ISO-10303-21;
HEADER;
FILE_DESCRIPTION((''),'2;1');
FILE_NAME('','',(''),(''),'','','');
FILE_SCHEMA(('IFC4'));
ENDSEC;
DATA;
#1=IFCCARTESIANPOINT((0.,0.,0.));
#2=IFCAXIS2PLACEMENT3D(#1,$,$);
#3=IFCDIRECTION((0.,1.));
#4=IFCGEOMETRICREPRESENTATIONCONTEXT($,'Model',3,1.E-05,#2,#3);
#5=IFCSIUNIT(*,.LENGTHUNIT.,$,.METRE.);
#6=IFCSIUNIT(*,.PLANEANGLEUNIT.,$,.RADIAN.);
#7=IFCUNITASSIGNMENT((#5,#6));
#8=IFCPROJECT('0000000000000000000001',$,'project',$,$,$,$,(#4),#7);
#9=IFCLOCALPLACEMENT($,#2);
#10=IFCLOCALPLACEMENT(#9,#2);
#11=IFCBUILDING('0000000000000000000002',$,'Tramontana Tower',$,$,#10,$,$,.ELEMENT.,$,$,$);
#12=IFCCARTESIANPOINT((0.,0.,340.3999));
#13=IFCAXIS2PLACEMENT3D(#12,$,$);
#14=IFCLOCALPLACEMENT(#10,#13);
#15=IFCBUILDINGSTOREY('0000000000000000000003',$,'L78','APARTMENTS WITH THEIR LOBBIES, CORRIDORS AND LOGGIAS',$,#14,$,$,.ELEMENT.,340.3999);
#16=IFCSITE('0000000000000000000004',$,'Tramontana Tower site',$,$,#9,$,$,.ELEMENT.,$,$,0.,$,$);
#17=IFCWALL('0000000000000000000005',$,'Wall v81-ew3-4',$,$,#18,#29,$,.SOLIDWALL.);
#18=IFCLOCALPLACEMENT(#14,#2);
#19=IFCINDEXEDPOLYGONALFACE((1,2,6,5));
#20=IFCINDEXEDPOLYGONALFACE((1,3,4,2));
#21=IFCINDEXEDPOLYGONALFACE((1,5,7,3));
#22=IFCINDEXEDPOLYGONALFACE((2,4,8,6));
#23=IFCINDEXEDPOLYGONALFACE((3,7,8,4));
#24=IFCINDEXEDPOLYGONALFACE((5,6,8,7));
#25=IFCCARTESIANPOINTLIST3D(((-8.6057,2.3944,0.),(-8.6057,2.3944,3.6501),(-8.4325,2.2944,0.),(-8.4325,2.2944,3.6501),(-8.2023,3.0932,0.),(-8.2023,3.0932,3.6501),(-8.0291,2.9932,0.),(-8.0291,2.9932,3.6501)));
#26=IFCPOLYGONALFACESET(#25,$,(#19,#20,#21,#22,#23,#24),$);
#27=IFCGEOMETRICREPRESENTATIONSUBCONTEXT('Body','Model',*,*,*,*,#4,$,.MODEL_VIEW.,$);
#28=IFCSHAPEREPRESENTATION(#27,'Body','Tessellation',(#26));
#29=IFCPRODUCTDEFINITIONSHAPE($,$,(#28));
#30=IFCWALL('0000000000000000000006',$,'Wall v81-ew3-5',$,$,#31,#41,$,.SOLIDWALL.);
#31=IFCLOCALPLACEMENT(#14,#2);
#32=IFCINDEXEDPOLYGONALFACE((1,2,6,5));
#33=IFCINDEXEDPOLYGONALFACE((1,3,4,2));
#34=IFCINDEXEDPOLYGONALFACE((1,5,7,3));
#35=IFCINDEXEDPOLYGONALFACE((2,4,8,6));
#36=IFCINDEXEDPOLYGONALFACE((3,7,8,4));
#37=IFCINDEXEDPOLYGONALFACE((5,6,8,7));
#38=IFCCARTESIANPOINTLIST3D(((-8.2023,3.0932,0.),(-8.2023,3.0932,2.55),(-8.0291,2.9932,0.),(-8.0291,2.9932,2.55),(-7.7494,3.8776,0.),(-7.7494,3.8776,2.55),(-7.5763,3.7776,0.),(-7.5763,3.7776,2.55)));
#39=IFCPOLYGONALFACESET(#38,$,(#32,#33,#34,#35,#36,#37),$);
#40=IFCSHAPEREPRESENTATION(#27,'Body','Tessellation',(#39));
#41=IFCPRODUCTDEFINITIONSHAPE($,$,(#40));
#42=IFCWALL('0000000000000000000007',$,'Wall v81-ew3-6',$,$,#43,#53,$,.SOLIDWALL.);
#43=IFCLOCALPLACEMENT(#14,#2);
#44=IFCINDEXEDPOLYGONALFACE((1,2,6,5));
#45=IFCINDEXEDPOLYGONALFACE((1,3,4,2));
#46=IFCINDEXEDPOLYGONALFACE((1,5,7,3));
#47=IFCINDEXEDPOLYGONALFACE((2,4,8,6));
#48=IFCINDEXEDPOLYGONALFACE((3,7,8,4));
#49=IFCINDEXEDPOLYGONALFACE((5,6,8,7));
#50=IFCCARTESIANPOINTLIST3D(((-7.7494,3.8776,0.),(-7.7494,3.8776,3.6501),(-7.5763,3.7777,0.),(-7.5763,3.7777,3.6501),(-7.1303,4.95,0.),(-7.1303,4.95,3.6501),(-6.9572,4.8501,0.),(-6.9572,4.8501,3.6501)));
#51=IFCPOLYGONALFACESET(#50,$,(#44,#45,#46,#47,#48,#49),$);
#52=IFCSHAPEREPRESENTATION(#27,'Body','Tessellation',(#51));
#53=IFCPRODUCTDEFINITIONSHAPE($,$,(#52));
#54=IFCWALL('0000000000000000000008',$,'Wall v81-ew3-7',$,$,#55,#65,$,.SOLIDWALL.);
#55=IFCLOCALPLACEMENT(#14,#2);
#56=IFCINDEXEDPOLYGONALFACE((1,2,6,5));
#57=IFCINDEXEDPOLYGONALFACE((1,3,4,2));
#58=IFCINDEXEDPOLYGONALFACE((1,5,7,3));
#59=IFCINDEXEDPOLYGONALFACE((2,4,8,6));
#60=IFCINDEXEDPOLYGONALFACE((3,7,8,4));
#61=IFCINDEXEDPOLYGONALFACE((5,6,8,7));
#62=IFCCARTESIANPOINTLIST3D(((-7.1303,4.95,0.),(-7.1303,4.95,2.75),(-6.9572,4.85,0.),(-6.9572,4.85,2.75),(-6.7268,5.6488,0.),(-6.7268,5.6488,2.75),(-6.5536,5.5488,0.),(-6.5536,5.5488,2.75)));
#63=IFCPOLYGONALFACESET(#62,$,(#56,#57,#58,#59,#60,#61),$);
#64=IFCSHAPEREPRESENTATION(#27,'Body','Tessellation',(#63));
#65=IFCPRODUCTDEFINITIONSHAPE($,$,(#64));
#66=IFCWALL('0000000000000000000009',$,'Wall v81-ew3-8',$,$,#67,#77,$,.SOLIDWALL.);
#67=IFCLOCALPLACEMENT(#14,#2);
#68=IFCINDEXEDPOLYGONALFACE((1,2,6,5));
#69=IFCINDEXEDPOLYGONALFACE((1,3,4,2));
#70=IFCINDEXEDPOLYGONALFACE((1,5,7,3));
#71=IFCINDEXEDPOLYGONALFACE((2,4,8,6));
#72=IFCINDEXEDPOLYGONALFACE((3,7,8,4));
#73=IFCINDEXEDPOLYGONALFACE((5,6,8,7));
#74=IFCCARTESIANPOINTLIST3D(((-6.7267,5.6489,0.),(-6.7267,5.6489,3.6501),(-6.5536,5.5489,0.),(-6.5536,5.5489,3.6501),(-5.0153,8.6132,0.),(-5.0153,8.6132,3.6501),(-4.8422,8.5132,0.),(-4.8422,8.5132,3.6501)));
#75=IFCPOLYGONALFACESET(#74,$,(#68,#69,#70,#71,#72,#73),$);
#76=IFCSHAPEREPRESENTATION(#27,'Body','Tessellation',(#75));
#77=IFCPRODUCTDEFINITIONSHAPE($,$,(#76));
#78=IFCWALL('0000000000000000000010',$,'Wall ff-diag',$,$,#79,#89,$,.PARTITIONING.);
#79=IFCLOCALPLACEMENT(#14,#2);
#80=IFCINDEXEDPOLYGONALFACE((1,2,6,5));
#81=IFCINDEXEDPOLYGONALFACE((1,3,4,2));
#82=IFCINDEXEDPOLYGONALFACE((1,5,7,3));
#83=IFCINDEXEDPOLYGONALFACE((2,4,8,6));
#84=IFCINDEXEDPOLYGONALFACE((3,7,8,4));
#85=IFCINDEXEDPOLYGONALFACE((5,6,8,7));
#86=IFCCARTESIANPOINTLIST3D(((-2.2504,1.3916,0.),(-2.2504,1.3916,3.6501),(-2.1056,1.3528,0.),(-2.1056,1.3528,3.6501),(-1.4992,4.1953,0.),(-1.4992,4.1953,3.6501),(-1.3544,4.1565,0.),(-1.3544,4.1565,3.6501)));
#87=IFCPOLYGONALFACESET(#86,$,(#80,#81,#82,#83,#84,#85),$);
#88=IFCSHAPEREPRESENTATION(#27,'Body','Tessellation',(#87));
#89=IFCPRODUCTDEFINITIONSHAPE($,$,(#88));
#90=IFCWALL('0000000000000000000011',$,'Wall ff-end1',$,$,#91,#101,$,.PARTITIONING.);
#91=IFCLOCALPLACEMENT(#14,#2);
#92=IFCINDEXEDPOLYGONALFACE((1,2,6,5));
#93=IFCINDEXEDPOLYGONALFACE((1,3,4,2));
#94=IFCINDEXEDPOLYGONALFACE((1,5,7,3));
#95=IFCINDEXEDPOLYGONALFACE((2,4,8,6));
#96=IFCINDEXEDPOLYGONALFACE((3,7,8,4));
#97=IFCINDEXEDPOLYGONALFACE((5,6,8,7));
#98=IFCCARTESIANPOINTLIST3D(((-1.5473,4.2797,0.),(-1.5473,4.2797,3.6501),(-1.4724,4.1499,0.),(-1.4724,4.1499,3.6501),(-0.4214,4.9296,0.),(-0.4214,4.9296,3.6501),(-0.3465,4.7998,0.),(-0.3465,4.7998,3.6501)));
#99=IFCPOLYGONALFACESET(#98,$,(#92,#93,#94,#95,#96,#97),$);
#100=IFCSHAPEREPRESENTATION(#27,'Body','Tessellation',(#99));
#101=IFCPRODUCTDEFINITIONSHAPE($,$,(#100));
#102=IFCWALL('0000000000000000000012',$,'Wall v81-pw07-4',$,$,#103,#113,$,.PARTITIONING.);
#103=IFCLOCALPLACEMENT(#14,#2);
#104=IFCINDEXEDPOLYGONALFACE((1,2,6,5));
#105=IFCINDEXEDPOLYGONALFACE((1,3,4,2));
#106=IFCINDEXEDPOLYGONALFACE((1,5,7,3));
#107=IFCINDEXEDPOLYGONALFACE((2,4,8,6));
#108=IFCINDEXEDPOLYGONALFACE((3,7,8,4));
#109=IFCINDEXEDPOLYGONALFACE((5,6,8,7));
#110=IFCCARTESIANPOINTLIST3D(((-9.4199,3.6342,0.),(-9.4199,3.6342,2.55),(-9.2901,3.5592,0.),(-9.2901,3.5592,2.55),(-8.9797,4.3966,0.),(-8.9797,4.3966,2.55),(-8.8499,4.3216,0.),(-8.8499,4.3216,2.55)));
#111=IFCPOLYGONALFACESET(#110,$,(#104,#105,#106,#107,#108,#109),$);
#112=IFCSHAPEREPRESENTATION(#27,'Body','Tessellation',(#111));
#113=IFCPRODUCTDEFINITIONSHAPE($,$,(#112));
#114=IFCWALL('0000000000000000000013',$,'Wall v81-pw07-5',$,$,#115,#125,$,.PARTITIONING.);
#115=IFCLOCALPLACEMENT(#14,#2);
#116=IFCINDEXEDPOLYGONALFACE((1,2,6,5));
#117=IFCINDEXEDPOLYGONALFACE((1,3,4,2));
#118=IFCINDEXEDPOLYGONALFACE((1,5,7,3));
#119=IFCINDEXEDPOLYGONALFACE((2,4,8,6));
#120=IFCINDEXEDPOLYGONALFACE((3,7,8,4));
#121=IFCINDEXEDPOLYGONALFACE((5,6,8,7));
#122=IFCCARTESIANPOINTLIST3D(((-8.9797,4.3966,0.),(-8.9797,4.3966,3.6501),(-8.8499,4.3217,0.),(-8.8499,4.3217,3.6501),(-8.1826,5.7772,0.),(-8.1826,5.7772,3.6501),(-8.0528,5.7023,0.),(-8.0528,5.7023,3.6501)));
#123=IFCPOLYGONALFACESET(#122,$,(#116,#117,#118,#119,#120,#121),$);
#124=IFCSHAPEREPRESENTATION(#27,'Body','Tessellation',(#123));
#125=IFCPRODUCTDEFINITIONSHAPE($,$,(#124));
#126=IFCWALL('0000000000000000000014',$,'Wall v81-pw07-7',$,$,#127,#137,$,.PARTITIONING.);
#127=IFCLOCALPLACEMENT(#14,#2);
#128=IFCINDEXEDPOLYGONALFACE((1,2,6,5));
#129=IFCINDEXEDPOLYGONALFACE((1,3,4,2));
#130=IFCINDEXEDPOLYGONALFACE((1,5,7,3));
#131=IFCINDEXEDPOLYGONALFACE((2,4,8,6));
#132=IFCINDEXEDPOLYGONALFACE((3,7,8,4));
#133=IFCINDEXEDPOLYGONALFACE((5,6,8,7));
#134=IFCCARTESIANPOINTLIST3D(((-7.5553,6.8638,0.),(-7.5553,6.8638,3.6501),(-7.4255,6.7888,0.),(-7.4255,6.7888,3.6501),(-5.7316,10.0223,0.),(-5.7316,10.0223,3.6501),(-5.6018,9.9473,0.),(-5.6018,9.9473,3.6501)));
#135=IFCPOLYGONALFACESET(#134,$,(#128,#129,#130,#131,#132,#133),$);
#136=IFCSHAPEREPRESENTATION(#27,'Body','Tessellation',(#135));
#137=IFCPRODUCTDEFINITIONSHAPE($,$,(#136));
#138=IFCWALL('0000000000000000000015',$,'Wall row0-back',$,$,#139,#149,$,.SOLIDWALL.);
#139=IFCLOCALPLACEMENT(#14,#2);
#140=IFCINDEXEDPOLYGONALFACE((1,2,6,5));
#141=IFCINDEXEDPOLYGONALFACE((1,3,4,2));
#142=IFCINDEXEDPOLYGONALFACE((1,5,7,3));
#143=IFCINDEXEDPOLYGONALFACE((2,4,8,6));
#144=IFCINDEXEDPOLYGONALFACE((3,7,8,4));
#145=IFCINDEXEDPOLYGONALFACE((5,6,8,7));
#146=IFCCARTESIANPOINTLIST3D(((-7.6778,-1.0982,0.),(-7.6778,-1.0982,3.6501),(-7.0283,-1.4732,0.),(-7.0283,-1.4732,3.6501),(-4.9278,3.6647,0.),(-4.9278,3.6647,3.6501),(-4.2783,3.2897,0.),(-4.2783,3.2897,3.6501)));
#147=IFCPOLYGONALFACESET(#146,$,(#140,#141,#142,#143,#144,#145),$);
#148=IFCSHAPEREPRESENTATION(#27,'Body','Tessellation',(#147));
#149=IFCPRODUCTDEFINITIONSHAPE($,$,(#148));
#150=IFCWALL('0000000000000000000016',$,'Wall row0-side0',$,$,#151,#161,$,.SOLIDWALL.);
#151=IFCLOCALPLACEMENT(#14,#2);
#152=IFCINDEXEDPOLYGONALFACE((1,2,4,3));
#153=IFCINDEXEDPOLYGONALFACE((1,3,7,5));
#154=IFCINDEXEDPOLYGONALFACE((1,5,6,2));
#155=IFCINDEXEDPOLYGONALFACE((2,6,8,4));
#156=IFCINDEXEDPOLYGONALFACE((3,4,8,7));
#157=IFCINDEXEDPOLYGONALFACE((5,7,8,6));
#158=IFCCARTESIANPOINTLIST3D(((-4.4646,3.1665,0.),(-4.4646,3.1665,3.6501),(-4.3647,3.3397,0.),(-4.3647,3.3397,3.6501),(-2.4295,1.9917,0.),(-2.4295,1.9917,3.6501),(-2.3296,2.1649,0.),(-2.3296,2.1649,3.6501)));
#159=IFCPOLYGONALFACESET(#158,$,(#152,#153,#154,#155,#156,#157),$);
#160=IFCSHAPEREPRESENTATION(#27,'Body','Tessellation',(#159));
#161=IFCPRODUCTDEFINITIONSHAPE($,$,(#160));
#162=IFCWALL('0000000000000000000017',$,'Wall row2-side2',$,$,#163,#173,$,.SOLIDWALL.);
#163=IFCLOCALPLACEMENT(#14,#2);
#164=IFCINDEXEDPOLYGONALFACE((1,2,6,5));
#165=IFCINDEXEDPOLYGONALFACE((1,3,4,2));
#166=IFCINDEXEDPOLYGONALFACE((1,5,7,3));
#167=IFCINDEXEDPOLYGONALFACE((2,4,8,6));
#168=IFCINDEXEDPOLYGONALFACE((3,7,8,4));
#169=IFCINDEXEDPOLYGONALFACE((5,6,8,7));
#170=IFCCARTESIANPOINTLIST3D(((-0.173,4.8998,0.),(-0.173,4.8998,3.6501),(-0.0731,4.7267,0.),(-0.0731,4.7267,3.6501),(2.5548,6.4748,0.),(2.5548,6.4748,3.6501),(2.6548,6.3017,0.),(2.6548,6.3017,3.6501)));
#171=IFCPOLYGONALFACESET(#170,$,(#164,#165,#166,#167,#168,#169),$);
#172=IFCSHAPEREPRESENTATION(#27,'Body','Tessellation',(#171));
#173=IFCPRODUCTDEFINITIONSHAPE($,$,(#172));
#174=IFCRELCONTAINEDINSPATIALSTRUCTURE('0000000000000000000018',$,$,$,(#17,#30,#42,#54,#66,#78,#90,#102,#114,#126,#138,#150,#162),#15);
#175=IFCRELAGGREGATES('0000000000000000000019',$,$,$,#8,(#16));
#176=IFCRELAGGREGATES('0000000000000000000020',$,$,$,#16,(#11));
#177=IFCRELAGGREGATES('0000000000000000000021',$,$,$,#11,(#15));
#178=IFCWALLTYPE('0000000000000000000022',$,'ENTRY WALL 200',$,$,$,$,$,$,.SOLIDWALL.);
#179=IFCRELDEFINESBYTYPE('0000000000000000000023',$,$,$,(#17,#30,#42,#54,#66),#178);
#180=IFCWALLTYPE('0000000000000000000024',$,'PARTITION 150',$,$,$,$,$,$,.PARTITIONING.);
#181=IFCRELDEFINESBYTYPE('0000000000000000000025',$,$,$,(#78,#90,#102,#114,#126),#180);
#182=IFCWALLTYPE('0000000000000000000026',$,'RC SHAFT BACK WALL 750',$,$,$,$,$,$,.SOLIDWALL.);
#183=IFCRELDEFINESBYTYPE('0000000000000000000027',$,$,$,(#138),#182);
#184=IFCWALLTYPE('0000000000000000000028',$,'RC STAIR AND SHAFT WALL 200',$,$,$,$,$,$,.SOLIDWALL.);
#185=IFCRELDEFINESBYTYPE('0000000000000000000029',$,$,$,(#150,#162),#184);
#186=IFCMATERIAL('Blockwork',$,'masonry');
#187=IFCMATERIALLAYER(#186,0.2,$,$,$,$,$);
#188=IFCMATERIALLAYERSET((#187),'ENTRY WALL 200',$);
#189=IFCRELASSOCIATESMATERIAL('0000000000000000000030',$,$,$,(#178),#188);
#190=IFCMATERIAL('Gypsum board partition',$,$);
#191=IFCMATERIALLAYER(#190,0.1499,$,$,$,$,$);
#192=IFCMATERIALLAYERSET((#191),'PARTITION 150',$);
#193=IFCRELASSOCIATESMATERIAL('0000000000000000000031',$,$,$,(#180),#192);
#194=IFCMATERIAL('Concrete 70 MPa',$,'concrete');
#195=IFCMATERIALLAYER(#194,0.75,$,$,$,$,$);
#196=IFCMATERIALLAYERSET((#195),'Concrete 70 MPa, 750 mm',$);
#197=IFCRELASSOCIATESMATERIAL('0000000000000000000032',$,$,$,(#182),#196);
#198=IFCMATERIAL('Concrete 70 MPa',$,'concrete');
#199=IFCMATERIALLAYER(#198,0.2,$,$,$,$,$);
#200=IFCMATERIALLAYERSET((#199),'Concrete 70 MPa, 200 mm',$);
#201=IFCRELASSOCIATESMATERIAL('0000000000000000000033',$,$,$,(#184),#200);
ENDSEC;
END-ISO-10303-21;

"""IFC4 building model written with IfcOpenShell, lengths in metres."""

from ifc_helpers import new_model, si_unit, direction, frame, frame_2d, origin, place, context, subcontext, project, spatial, rectangle, extrude, material, layer, layer_set, type_object, element, save


model = new_model("IFC4")

# Units and contexts
model_context = context("Model", 3, precision=1e-05, world=origin(), true_north=direction((0.0, 1.0)))
body_context = subcontext(model_context, "Body", "Model", "MODEL_VIEW")
ifc_project = project(units=[si_unit("LENGTHUNIT", "METRE"), si_unit("PLANEANGLEUNIT", "RADIAN")], contexts=[model_context])

# Site, building, storey
site_placement = place(None, origin())
site = spatial("IfcSite", under=ifc_project, at=site_placement, Name="Tramontana Tower site", CompositionType="ELEMENT", RefElevation=0.0)
building_placement = place(site_placement, origin())
building = spatial("IfcBuilding", under=site, at=building_placement, Name="Tramontana Tower", CompositionType="ELEMENT")
storey_placement = place(building_placement, frame((0.0, 0.0, 340.3999)))
storey = spatial("IfcBuildingStorey", under=building, at=storey_placement, Name="L78", Description="APARTMENTS WITH THEIR LOBBIES, CORRIDORS AND LOGGIAS", CompositionType="ELEMENT", Elevation=340.3999)

# Shared definitions
ifc_material_1 = material(Name="Blockwork", Category="masonry")
ifc_layer_1 = layer(ifc_material_1, 0.2)
ifc_layer_set_1 = layer_set([ifc_layer_1], Name="ENTRY WALL 200")
wall_type_1 = type_object("IfcWallType", Name="ENTRY WALL 200", PredefinedType="SOLIDWALL", material=ifc_layer_set_1)

# Walls
wall_1_placement = place(storey_placement, frame((-8.519, 2.3445, 0.0), z_axis=(0.0, 0.0, 1.0), x_axis=(0.499915, 0.866075, 0.0)))
element("IfcWall", 1, at=wall_1_placement, inside=storey, type_object=wall_type_1, Name="Wall v81-ew3-4", PredefinedType="SOLIDWALL", context=body_context, shape_type="SweptSolid", body=[
    extrude(rectangle(XDim=0.8069, YDim=0.2, at=frame_2d((0.4033, 0.0))), origin(), (0.0, 0.0, 1.0), 3.6501),
])
wall_2_placement = place(storey_placement, frame((-8.1157, 3.0432, 0.0), z_axis=(0.0, 0.0, 1.0), x_axis=(0.499995, 0.866028, 0.0)))
element("IfcWall", 2, at=wall_2_placement, inside=storey, type_object=wall_type_1, Name="Wall v81-ew3-5", PredefinedType="SOLIDWALL", context=body_context, shape_type="SweptSolid", body=[
    extrude(rectangle(XDim=0.9058, YDim=0.2, at=frame_2d((0.4529, 0.0))), origin(), (0.0, 0.0, 1.0), 2.55),
])
wall_3_placement = place(storey_placement, frame((-7.6628, 3.8276, 0.0), z_axis=(0.0, 0.0, 1.0), x_axis=(0.499956, 0.866051, 0.0)))
element("IfcWall", 3, at=wall_3_placement, inside=storey, type_object=wall_type_1, Name="Wall v81-ew3-6", PredefinedType="SOLIDWALL", context=body_context, shape_type="SweptSolid", body=[
    extrude(rectangle(XDim=1.2383, YDim=0.2, at=frame_2d((0.6191, 0.0))), origin(), (0.0, 0.0, 1.0), 3.6501),
])
wall_4_placement = place(storey_placement, frame((-7.0437, 4.9001, 0.0), z_axis=(0.0, 0.0, 1.0), x_axis=(0.500141, 0.865944, 0.0)))
element("IfcWall", 4, at=wall_4_placement, inside=storey, type_object=wall_type_1, Name="Wall v81-ew3-7", PredefinedType="SOLIDWALL", context=body_context, shape_type="SweptSolid", body=[
    extrude(rectangle(XDim=0.8069, YDim=0.2, at=frame_2d((0.4033, 0.0))), origin(), (0.0, 0.0, 1.0), 2.75),
])
wall_5_placement = place(storey_placement, frame((-6.6401, 5.5989, 0.0), z_axis=(0.0, 0.0, 1.0), x_axis=(0.49999, 0.866031, 0.0)))
element("IfcWall", 5, at=wall_5_placement, inside=storey, type_object=wall_type_1, Name="Wall v81-ew3-8", PredefinedType="SOLIDWALL", context=body_context, shape_type="SweptSolid", body=[
    extrude(rectangle(XDim=3.4229, YDim=0.2, at=frame_2d((1.7114, 0.0))), origin(), (0.0, 0.0, 1.0), 3.6501),
])
ifc_material_2 = material(Name="Gypsum board partition")
ifc_layer_2 = layer(ifc_material_2, 0.1499)
ifc_layer_set_2 = layer_set([ifc_layer_2], Name="PARTITION 150")
wall_type_2 = type_object("IfcWallType", Name="PARTITION 150", PredefinedType="PARTITIONING", material=ifc_layer_set_2)
wall_6_placement = place(storey_placement, frame((-2.178, 1.3723, 0.0), z_axis=(0.0, 0.0, 1.0), x_axis=(0.258809, 0.965929, 0.0)))
element("IfcWall", 6, at=wall_6_placement, inside=storey, type_object=wall_type_2, Name="Wall ff-diag", PredefinedType="PARTITIONING", context=body_context, shape_type="SweptSolid", body=[
    extrude(rectangle(XDim=2.9026, YDim=0.1499, at=frame_2d((1.4512, 0.0))), origin(), (0.0, 0.0, 1.0), 3.6501),
])
wall_7_placement = place(storey_placement, frame((-1.5098, 4.2148, 0.0), z_axis=(0.0, 0.0, 1.0), x_axis=(0.866086, 0.499896, 0.0)))
element("IfcWall", 7, at=wall_7_placement, inside=storey, type_object=wall_type_2, Name="Wall ff-end1", PredefinedType="PARTITIONING", context=body_context, shape_type="SweptSolid", body=[
    extrude(rectangle(XDim=1.3, YDim=0.1499, at=frame_2d((0.6499, 0.0))), origin(), (0.0, 0.0, 1.0), 3.6501),
])
wall_8_placement = place(storey_placement, frame((-9.355, 3.5967, 0.0), z_axis=(0.0, 0.0, 1.0), x_axis=(0.499987, 0.866033, 0.0)))
element("IfcWall", 8, at=wall_8_placement, inside=storey, type_object=wall_type_2, Name="Wall v81-pw07-4", PredefinedType="PARTITIONING", context=body_context, shape_type="SweptSolid", body=[
    extrude(rectangle(XDim=0.8804, YDim=0.1499, at=frame_2d((0.4402, 0.0))), origin(), (0.0, 0.0, 1.0), 2.55),
])
wall_9_placement = place(storey_placement, frame((-8.9148, 4.3591, 0.0), z_axis=(0.0, 0.0, 1.0), x_axis=(0.50001, 0.86602, 0.0)))
element("IfcWall", 9, at=wall_9_placement, inside=storey, type_object=wall_type_2, Name="Wall v81-pw07-5", PredefinedType="PARTITIONING", context=body_context, shape_type="SweptSolid", body=[
    extrude(rectangle(XDim=1.5942, YDim=0.1499, at=frame_2d((0.7971, 0.0))), origin(), (0.0, 0.0, 1.0), 3.6501),
])

# Walls
wall_10_placement = place(storey_placement, frame((-7.4905, 6.8262, 0.0), z_axis=(0.0, 0.0, 1.0), x_axis=(0.500041, 0.866002, 0.0)))
element("IfcWall", 10, at=wall_10_placement, inside=storey, type_object=wall_type_2, Name="Wall v81-pw07-7", PredefinedType="PARTITIONING", context=body_context, shape_type="SweptSolid", body=[
    extrude(rectangle(XDim=3.6472, YDim=0.1499, at=frame_2d((1.8237, 0.0))), origin(), (0.0, 0.0, 1.0), 3.6501),
])
ifc_material_3 = material(Name="Concrete 70 MPa", Category="concrete")
ifc_layer_3 = layer(ifc_material_3, 0.75)
ifc_layer_set_3 = layer_set([ifc_layer_3], Name="Concrete 70 MPa, 750 mm")
wall_type_3 = type_object("IfcWallType", Name="RC SHAFT BACK WALL 750", PredefinedType="SOLIDWALL", material=ifc_layer_set_3)
wall_11_placement = place(storey_placement, frame((-4.603, 3.4773, 0.0), z_axis=(0.0, 0.0, 1.0), x_axis=(-0.500016, -0.866016, 0.0)))
element("IfcWall", 11, at=wall_11_placement, inside=storey, type_object=wall_type_3, Name="Wall row0-back", PredefinedType="SOLIDWALL", context=body_context, shape_type="SweptSolid", body=[
    extrude(rectangle(XDim=5.4998, YDim=0.75, at=frame_2d((2.75, 0.0))), origin(), (0.0, 0.0, 1.0), 3.6501),
])

# Shared definitions
ifc_material_4 = material(Name="Concrete 70 MPa", Category="concrete")
ifc_layer_4 = layer(ifc_material_4, 0.2)
ifc_layer_set_4 = layer_set([ifc_layer_4], Name="Concrete 70 MPa, 200 mm")
wall_type_4 = type_object("IfcWallType", Name="RC STAIR AND SHAFT WALL 200", PredefinedType="SOLIDWALL", material=ifc_layer_set_4)

# Walls
wall_12_placement = place(storey_placement, frame((-2.3796, 2.0784, 0.0), z_axis=(0.0, 0.0, 1.0), x_axis=(-0.866061, 0.499938, 0.0)))
element("IfcWall", 12, at=wall_12_placement, inside=storey, type_object=wall_type_4, Name="Wall row0-side0", PredefinedType="SOLIDWALL", context=body_context, shape_type="SweptSolid", body=[
    extrude(rectangle(XDim=2.3499, YDim=0.2, at=frame_2d((1.1748, 0.0))), origin(), (0.0, 0.0, 1.0), 3.6501),
])
wall_13_placement = place(storey_placement, frame((-0.123, 4.8132, 0.0), z_axis=(0.0, 0.0, 1.0), x_axis=(0.866016, 0.500015, 0.0)))
element("IfcWall", 13, at=wall_13_placement, inside=storey, type_object=wall_type_4, Name="Wall row2-side2", PredefinedType="SOLIDWALL", context=body_context, shape_type="SweptSolid", body=[
    extrude(rectangle(XDim=3.1499, YDim=0.2, at=frame_2d((1.575, 0.0))), origin(), (0.0, 0.0, 1.0), 3.6501),
])

save(model, "model.ifc")
